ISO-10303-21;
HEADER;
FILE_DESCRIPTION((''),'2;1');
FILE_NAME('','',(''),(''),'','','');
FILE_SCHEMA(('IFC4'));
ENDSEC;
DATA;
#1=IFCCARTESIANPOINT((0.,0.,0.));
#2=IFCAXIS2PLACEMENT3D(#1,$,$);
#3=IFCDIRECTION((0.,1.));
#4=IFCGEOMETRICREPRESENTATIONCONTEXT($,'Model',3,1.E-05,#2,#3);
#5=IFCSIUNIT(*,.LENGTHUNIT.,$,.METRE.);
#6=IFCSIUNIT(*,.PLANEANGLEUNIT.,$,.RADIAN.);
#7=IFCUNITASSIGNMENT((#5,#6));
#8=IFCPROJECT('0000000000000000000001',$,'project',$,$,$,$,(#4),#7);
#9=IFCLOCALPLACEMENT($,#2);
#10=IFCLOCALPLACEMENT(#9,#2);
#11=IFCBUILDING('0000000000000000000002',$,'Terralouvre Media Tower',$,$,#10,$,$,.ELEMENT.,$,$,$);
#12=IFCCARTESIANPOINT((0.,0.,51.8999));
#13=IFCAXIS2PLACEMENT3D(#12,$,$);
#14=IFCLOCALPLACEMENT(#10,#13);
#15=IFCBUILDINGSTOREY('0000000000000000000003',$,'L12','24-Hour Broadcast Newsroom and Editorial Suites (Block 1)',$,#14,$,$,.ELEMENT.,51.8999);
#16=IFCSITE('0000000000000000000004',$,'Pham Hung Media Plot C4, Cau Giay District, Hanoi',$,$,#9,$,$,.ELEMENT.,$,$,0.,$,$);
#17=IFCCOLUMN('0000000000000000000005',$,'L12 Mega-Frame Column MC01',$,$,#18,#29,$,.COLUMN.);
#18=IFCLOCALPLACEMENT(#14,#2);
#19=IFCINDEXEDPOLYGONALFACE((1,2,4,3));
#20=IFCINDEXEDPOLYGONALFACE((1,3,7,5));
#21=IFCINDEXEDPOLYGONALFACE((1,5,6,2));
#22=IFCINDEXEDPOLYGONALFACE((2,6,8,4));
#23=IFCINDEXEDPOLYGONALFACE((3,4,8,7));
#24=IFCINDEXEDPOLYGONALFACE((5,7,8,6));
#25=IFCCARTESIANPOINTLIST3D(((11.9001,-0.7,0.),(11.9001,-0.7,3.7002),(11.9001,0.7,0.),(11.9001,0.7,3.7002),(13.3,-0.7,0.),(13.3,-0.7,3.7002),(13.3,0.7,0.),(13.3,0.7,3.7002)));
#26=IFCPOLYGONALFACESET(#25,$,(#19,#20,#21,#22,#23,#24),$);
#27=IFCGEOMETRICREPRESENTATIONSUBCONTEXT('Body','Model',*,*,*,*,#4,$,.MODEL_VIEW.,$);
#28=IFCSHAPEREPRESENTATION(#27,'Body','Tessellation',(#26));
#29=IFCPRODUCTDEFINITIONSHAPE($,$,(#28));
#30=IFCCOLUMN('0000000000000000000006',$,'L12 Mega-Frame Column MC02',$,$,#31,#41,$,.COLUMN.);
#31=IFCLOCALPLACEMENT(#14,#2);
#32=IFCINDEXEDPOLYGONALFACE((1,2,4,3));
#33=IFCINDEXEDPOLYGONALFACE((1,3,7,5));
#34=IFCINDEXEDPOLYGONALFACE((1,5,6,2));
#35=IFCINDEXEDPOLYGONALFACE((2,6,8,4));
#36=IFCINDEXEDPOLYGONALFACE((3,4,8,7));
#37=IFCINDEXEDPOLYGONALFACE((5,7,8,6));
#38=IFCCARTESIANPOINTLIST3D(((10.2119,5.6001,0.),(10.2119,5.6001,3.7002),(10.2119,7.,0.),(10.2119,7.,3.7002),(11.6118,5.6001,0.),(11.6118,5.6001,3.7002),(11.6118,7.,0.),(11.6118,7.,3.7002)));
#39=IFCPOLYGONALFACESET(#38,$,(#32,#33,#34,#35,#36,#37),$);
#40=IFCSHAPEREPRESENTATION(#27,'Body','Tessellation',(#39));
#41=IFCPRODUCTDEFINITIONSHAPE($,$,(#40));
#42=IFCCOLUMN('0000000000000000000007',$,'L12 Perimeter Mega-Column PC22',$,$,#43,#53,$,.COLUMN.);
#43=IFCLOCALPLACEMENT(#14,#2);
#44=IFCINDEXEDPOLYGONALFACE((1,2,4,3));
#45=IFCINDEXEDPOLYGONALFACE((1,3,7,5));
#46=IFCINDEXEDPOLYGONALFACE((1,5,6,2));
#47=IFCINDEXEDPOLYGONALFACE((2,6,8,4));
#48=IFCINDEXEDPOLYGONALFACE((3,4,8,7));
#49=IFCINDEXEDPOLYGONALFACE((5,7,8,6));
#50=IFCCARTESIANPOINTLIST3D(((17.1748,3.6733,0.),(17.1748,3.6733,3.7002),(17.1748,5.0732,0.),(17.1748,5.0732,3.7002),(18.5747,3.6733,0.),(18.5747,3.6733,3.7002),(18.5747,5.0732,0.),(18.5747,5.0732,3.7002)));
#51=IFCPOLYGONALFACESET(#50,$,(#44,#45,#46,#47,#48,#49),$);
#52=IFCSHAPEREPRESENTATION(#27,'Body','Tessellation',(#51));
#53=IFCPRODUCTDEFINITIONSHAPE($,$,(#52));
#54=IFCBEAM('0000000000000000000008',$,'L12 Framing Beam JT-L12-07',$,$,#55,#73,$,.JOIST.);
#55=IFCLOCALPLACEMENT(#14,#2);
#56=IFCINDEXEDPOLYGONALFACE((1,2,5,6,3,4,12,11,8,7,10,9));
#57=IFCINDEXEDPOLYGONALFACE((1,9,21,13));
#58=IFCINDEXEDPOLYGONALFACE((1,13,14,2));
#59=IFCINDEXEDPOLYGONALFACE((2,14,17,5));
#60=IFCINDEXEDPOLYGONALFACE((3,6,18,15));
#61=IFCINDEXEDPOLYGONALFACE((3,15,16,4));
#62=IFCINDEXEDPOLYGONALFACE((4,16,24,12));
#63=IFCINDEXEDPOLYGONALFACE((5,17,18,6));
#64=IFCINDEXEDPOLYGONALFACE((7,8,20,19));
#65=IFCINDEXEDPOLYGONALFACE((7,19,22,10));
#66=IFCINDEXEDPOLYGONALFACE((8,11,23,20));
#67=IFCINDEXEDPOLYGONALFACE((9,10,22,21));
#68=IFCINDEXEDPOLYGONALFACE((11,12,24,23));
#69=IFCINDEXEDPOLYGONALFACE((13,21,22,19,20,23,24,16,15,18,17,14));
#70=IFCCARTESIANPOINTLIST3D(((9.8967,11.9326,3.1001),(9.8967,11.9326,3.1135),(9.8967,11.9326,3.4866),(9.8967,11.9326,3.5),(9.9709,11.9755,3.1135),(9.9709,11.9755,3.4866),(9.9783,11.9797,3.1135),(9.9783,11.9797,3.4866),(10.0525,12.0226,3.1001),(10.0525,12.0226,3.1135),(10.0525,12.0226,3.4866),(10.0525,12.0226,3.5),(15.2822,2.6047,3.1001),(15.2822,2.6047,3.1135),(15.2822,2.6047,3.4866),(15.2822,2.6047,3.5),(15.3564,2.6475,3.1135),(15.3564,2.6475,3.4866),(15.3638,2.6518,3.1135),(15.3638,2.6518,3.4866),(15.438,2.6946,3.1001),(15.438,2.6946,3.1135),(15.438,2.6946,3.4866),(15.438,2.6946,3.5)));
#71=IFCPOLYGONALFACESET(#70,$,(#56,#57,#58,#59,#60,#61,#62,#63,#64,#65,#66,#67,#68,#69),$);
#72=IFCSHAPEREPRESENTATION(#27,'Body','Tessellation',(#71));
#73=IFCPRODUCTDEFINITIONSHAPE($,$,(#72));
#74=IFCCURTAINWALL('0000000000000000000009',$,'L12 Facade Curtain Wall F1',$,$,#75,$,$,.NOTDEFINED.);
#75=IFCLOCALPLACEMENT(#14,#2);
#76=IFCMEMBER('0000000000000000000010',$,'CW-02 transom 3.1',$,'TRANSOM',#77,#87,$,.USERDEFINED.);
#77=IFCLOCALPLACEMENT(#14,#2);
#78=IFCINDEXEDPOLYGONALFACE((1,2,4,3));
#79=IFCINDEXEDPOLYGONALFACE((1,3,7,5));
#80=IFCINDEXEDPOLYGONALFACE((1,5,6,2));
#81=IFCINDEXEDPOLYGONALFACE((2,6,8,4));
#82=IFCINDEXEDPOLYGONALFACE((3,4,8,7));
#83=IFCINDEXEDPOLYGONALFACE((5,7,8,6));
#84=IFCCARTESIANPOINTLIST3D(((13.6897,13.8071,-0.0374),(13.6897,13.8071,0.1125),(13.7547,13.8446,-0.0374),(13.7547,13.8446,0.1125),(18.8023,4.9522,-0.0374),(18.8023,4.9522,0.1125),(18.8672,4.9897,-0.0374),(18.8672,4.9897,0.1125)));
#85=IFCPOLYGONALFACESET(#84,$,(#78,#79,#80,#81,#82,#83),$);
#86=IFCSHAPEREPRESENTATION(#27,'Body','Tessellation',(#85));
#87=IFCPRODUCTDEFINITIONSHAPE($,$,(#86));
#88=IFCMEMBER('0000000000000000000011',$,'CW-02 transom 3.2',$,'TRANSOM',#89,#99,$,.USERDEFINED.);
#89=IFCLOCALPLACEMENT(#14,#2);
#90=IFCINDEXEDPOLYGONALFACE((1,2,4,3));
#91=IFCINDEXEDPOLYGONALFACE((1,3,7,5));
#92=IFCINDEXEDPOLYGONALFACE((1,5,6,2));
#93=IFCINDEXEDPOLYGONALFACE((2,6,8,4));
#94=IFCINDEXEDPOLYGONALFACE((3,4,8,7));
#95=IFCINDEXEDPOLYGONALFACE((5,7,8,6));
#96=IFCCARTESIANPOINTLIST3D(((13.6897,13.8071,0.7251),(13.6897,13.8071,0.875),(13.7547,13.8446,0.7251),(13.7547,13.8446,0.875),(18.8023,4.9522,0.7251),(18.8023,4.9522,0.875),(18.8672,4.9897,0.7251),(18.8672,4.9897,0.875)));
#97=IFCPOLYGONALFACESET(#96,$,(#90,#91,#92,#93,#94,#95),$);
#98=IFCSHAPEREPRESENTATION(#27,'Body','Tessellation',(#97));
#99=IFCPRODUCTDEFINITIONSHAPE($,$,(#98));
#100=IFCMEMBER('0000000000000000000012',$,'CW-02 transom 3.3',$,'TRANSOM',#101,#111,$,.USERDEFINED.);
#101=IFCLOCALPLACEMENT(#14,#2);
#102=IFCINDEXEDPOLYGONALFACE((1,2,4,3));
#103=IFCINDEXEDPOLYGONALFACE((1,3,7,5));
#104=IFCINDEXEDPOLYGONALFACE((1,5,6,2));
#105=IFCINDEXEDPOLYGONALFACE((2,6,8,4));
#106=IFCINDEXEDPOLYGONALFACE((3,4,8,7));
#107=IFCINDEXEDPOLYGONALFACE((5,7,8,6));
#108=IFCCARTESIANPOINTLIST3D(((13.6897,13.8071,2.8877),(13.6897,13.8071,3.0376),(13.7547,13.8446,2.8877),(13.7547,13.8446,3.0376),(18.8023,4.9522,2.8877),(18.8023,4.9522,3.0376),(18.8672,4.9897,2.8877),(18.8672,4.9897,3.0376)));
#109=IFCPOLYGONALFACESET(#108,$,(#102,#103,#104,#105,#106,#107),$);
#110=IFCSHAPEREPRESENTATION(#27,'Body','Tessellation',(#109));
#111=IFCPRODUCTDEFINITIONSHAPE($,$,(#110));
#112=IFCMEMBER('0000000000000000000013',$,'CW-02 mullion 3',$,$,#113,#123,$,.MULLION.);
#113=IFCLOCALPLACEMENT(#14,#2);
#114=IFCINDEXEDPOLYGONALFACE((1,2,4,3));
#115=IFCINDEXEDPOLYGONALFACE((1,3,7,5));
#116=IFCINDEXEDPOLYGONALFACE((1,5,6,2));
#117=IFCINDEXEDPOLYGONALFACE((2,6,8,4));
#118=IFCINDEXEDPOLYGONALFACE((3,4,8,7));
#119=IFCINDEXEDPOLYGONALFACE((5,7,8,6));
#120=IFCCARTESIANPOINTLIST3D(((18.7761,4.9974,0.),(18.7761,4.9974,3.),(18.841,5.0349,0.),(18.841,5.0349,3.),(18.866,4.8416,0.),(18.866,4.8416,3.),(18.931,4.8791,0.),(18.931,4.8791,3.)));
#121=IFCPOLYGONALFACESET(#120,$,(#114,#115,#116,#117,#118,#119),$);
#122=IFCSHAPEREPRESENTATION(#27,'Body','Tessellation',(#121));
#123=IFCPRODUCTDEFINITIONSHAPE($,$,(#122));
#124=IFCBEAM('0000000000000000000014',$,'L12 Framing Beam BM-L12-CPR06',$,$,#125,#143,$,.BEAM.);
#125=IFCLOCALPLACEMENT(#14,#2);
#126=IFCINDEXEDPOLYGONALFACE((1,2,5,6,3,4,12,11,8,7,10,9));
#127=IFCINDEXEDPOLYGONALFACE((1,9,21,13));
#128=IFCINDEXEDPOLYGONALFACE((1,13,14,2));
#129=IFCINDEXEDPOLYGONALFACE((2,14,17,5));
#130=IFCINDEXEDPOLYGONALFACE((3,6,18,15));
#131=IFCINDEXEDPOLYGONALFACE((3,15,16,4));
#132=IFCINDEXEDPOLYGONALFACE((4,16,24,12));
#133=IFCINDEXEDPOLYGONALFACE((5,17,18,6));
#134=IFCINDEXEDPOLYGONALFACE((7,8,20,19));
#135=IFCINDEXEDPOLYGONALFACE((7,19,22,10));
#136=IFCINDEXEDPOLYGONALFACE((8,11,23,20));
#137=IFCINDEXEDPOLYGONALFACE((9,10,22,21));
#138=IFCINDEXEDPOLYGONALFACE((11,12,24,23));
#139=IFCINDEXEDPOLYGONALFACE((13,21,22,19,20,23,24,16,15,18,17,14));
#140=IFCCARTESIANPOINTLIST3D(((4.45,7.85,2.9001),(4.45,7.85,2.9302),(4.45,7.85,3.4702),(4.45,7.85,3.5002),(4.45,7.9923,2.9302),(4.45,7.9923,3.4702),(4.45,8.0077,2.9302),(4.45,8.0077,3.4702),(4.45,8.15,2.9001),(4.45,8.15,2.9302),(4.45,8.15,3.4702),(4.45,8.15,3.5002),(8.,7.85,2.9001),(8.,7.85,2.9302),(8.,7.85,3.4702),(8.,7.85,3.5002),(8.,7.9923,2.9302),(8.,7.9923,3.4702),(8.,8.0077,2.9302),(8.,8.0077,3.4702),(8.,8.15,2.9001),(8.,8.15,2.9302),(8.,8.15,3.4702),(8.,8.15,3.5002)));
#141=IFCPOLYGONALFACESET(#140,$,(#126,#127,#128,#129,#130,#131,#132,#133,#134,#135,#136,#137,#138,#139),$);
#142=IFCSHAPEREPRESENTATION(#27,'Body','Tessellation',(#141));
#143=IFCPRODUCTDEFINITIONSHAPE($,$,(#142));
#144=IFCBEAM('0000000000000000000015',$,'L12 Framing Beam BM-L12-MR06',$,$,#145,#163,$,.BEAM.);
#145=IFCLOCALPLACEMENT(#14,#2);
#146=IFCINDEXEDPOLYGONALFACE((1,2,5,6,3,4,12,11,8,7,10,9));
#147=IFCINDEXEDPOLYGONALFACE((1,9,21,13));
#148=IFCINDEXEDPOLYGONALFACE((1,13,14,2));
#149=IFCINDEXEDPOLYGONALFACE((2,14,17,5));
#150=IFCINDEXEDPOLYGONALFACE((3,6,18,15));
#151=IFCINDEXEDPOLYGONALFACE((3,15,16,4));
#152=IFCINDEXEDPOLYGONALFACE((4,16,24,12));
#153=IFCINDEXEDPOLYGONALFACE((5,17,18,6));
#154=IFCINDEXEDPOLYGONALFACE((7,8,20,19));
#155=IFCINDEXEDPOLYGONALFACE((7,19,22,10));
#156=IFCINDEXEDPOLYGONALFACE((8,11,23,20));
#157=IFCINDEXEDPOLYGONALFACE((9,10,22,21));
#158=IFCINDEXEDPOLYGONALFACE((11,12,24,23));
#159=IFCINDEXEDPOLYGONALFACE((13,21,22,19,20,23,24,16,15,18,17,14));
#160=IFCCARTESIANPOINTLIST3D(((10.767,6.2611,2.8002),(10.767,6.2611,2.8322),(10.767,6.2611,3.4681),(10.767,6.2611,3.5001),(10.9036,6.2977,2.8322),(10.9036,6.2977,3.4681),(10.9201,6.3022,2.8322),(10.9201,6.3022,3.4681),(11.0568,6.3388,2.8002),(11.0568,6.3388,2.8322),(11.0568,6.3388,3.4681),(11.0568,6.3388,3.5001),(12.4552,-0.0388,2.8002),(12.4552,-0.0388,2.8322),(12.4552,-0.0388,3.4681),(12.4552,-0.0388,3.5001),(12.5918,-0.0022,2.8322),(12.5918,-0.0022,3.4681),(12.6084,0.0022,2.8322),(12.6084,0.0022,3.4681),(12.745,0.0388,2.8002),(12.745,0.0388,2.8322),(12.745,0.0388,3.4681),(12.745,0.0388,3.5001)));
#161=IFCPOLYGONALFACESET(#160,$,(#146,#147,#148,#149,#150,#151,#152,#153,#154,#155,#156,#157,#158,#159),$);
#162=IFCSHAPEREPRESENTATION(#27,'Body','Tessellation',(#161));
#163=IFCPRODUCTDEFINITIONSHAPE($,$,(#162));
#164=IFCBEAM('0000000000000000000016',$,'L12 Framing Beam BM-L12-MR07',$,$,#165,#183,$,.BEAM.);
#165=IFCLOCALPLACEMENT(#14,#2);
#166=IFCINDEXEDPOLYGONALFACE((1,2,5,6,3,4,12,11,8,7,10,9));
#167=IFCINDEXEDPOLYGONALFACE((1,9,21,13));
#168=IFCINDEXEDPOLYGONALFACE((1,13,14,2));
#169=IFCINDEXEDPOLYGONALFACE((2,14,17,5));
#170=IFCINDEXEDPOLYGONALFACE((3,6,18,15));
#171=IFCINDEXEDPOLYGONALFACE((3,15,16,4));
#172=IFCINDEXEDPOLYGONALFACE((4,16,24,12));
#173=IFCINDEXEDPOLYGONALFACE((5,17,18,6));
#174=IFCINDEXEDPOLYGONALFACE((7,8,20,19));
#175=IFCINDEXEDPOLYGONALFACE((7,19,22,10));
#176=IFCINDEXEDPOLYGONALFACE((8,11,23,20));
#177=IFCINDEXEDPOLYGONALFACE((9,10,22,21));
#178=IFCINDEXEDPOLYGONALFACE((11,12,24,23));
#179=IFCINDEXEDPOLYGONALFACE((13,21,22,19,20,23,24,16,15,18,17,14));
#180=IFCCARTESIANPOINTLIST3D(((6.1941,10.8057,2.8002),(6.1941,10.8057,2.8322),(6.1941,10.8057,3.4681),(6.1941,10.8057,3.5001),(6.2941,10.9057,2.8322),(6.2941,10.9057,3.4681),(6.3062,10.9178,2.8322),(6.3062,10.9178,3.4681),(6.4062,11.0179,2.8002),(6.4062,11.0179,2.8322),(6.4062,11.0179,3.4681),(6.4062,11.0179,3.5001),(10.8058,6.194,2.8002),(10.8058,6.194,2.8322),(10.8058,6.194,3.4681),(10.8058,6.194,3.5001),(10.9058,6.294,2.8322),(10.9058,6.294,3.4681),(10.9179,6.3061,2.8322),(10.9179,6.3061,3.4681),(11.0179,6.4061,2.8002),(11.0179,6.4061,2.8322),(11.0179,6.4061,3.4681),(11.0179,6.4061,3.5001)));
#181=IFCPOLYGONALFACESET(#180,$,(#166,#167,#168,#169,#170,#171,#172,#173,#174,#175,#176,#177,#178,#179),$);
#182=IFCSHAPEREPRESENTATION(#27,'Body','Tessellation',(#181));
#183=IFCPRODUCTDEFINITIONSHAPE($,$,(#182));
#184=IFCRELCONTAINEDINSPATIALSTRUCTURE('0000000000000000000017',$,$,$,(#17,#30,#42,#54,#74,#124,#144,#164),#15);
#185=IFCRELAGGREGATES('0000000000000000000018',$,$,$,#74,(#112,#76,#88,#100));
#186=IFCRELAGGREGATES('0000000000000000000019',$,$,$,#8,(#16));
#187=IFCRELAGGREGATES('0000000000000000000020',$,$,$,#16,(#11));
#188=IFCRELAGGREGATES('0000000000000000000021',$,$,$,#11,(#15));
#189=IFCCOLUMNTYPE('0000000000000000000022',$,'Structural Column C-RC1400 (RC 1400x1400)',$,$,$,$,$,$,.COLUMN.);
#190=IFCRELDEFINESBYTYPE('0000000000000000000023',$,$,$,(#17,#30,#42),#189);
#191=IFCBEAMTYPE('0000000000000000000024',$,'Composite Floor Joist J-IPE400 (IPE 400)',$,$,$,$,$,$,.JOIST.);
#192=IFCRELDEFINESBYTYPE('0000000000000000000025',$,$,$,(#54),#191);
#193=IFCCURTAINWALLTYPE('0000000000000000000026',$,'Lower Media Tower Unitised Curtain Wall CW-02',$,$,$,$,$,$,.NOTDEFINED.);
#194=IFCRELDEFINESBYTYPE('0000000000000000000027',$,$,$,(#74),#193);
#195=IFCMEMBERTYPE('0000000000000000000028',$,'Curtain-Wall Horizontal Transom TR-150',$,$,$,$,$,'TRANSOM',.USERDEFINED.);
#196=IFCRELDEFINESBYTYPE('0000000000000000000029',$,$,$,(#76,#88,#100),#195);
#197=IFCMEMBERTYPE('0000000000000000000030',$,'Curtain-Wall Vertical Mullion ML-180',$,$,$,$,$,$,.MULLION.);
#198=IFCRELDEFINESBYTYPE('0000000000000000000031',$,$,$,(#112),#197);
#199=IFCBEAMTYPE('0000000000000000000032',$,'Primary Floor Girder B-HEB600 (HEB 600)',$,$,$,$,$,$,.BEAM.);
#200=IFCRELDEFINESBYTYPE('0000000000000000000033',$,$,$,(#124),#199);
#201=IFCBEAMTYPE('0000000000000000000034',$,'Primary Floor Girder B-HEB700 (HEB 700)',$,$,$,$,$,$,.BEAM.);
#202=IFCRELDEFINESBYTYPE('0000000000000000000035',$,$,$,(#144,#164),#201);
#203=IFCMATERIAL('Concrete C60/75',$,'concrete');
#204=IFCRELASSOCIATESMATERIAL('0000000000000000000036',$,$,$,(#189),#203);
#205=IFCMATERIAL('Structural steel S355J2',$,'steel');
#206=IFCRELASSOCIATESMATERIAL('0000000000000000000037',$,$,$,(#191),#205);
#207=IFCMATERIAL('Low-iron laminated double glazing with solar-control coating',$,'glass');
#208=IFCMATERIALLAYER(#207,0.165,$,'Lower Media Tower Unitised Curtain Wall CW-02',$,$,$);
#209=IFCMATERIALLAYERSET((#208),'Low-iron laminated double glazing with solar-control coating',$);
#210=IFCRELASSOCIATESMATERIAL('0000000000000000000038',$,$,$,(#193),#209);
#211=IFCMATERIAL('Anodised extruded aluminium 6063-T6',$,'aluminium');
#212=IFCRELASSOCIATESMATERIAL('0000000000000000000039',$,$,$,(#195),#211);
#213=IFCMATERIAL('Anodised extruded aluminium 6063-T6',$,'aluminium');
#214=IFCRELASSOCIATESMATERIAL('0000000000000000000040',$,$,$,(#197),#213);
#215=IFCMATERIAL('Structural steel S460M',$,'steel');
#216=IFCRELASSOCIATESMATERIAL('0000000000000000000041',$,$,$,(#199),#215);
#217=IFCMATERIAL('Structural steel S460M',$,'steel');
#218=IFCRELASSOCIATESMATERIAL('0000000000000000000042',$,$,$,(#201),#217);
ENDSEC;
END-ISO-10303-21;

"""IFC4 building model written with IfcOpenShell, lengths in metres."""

from ifc_helpers import new_model, si_unit, direction, frame, origin, origin_2d, place, context, subcontext, project, spatial, rectangle, i_section, extrude, material, layer, layer_set, material_profile, profile_set, type_object, element, aggregate, save


model = new_model("IFC4")

# Units and contexts
model_context = context("Model", 3, precision=1e-05, world=origin(), true_north=direction((0.0, 1.0)))
body_context = subcontext(model_context, "Body", "Model", "MODEL_VIEW")
ifc_project = project(units=[si_unit("LENGTHUNIT", "METRE"), si_unit("PLANEANGLEUNIT", "RADIAN")], contexts=[model_context])

# Site, building, storey
site_placement = place(None, origin())
site = spatial("IfcSite", under=ifc_project, at=site_placement, Name="Pham Hung Media Plot C4, Cau Giay District, Hanoi", CompositionType="ELEMENT", RefElevation=0.0)
building_placement = place(site_placement, origin())
building = spatial("IfcBuilding", under=site, at=building_placement, Name="Terralouvre Media Tower", CompositionType="ELEMENT")
storey_placement = place(building_placement, frame((0.0, 0.0, 51.8999)))
storey = spatial("IfcBuildingStorey", under=building, at=storey_placement, Name="L12", Description="24-Hour Broadcast Newsroom and Editorial Suites (Block 1)", CompositionType="ELEMENT", Elevation=51.8999)

# Columns
ifc_material_1 = material(Name="Concrete C60/75", Category="concrete")
ifc_material_profile_1 = material_profile(ifc_material_1, rectangle(XDim=1.3999, YDim=1.3999, at=origin_2d()), Name="RC 1400x1400")
ifc_profile_set_1 = profile_set([ifc_material_profile_1], Name="Concrete C60/75")
column_type = type_object("IfcColumnType", Name="Structural Column C-RC1400 (RC 1400x1400)", PredefinedType="COLUMN", material=ifc_profile_set_1)
for number, where, z_axis, x_axis, name in (
    (1, (12.6001, 0.0, 0.0), (0.0, 0.0, 1.0), (1.0, 0.0, 0.0), "L12 Mega-Frame Column MC01"),
    (2, (10.9119, 6.3, 0.0), (0.0, 0.0, 1.0), (1.0, 0.0, 0.0), "L12 Mega-Frame Column MC02"),
    (3, (17.8748, 4.3733, 0.0), (0.0, 0.0, 1.0), (1.0, 0.0, 0.0), "L12 Perimeter Mega-Column PC22"),
):
    element("IfcColumn", number, at=place(storey_placement, frame(where, z_axis=z_axis, x_axis=x_axis)), inside=storey, type_object=column_type, Name=name, PredefinedType="COLUMN", context=body_context, shape_type="SweptSolid", body=[
        extrude(rectangle(XDim=1.3999, YDim=1.3999, at=origin_2d()), origin(), (0.0, 0.0, 1.0), 3.7002),
    ])

# Beam
ifc_material_2 = material(Name="Structural steel S355J2", Category="steel")
ifc_material_profile_2 = material_profile(ifc_material_2, i_section(OverallWidth=0.1799, OverallDepth=0.3999, WebThickness=0.0085, FlangeThickness=0.0134, at=origin_2d()), Name="IPE 400")
ifc_profile_set_2 = profile_set([ifc_material_profile_2], Name="Structural steel S355J2")
beam_type_1 = type_object("IfcBeamType", Name="Composite Floor Joist J-IPE400 (IPE 400)", PredefinedType="JOIST", material=ifc_profile_set_2)
beam_1_placement = place(storey_placement, frame((15.3601, 2.6497, 3.3), z_axis=(-0.500003, 0.866024, 0.0), x_axis=(-0.866024, -0.500003, 0.0)))
element("IfcBeam", 4, at=beam_1_placement, inside=storey, type_object=beam_type_1, Name="L12 Framing Beam JT-L12-07", PredefinedType="JOIST", context=body_context, shape_type="SweptSolid", body=[
    extrude(i_section(OverallWidth=0.1799, OverallDepth=0.3999, WebThickness=0.0085, FlangeThickness=0.0134, at=origin_2d()), origin(), (0.0, 0.0, 1.0), 10.771),
])

# Curtain wall, members
ifc_material_3 = material(Name="Low-iron laminated double glazing with solar-control coating", Category="glass")
ifc_layer_1 = layer(ifc_material_3, 0.165, Name="Lower Media Tower Unitised Curtain Wall CW-02")
ifc_layer_set_1 = layer_set([ifc_layer_1], Name="Low-iron laminated double glazing with solar-control coating")
curtain_wall_type = type_object("IfcCurtainWallType", Name="Lower Media Tower Unitised Curtain Wall CW-02", PredefinedType="NOTDEFINED", material=ifc_layer_set_1)
curtain_wall_placement = place(storey_placement, origin())
curtain_wall = element("IfcCurtainWall", 5, at=curtain_wall_placement, inside=storey, type_object=curtain_wall_type, Name="L12 Facade Curtain Wall F1", PredefinedType="NOTDEFINED")
ifc_material_4 = material(Name="Anodised extruded aluminium 6063-T6", Category="aluminium")
ifc_material_profile_3 = material_profile(ifc_material_4, rectangle(XDim=0.075, YDim=0.1499, at=origin_2d()), Name="ALU 75x150")
ifc_profile_set_3 = profile_set([ifc_material_profile_3], Name="Anodised extruded aluminium 6063-T6")
member_type_1 = type_object("IfcMemberType", Name="Curtain-Wall Horizontal Transom TR-150", ElementType="TRANSOM", PredefinedType="USERDEFINED", material=ifc_profile_set_3)
member_1_placement = place(storey_placement, frame((18.8347, 4.9709, 0.0376), z_axis=(-0.500009, 0.86602, 0.0), x_axis=(-0.86602, -0.500009, 0.0)))
member_1 = element("IfcMember", 6, at=member_1_placement, type_object=member_type_1, Name="CW-02 transom 3.1", ObjectType="TRANSOM", PredefinedType="USERDEFINED", context=body_context, shape_type="SweptSolid", body=[
    extrude(rectangle(XDim=0.075, YDim=0.1499, at=origin_2d()), origin(), (0.0, 0.0, 1.0), 10.2249),
])
member_2_placement = place(storey_placement, frame((18.8347, 4.9709, 0.8), z_axis=(-0.500009, 0.86602, 0.0), x_axis=(-0.86602, -0.500009, 0.0)))
member_2 = element("IfcMember", 7, at=member_2_placement, type_object=member_type_1, Name="CW-02 transom 3.2", ObjectType="TRANSOM", PredefinedType="USERDEFINED", context=body_context, shape_type="SweptSolid", body=[
    extrude(rectangle(XDim=0.075, YDim=0.1499, at=origin_2d()), origin(), (0.0, 0.0, 1.0), 10.2249),
])
member_3_placement = place(storey_placement, frame((18.8347, 4.9709, 2.9626), z_axis=(-0.500009, 0.86602, 0.0), x_axis=(-0.86602, -0.500009, 0.0)))
member_3 = element("IfcMember", 8, at=member_3_placement, type_object=member_type_1, Name="CW-02 transom 3.3", ObjectType="TRANSOM", PredefinedType="USERDEFINED", context=body_context, shape_type="SweptSolid", body=[
    extrude(rectangle(XDim=0.075, YDim=0.1499, at=origin_2d()), origin(), (0.0, 0.0, 1.0), 10.2249),
])
ifc_material_5 = material(Name="Anodised extruded aluminium 6063-T6", Category="aluminium")
ifc_material_profile_4 = material_profile(ifc_material_5, rectangle(XDim=0.075, YDim=0.1799, at=origin_2d()), Name="ALU 75x180")
ifc_profile_set_4 = profile_set([ifc_material_profile_4], Name="Anodised extruded aluminium 6063-T6")
member_type_2 = type_object("IfcMemberType", Name="Curtain-Wall Vertical Mullion ML-180", PredefinedType="MULLION", material=ifc_profile_set_4)
member_4_placement = place(storey_placement, frame((18.8535, 4.9382, 0.0), z_axis=(0.0, 0.0, 1.0), x_axis=(-0.866025, -0.5, 0.0)))
member_4 = element("IfcMember", 9, at=member_4_placement, type_object=member_type_2, Name="CW-02 mullion 3", PredefinedType="MULLION", context=body_context, shape_type="SweptSolid", body=[
    extrude(rectangle(XDim=0.075, YDim=0.1799, at=origin_2d()), origin(), (0.0, 0.0, 1.0), 3.0),
])

# Beams
ifc_material_6 = material(Name="Structural steel S460M", Category="steel")
ifc_material_profile_5 = material_profile(ifc_material_6, i_section(OverallWidth=0.3, OverallDepth=0.6001, WebThickness=0.0154, FlangeThickness=0.03, at=origin_2d()), Name="HEB 600")
ifc_profile_set_5 = profile_set([ifc_material_profile_5], Name="Structural steel S460M")
beam_type_2 = type_object("IfcBeamType", Name="Primary Floor Girder B-HEB600 (HEB 600)", PredefinedType="BEAM", material=ifc_profile_set_5)
beam_2_placement = place(storey_placement, frame((8.0, 8.0, 3.2002), z_axis=(-1.0, 0.0, 0.0), x_axis=(0.0, -1.0, 0.0)))
element("IfcBeam", 10, at=beam_2_placement, inside=storey, type_object=beam_type_2, Name="L12 Framing Beam BM-L12-CPR06", PredefinedType="BEAM", context=body_context, shape_type="SweptSolid", body=[
    extrude(i_section(OverallWidth=0.3, OverallDepth=0.6001, WebThickness=0.0154, FlangeThickness=0.03, at=origin_2d()), origin(), (0.0, 0.0, 1.0), 3.55),
])
ifc_material_7 = material(Name="Structural steel S460M", Category="steel")
ifc_material_profile_6 = material_profile(ifc_material_7, i_section(OverallWidth=0.3, OverallDepth=0.7, WebThickness=0.0171, FlangeThickness=0.032, at=origin_2d()), Name="HEB 700")
ifc_profile_set_6 = profile_set([ifc_material_profile_6], Name="Structural steel S460M")
beam_type_3 = type_object("IfcBeamType", Name="Primary Floor Girder B-HEB700 (HEB 700)", PredefinedType="BEAM", material=ifc_profile_set_6)
beam_3_placement = place(storey_placement, frame((12.6001, 0.0, 3.1501), z_axis=(-0.258839, 0.96592, 0.0), x_axis=(-0.96592, -0.258839, 0.0)))
element("IfcBeam", 11, at=beam_3_placement, inside=storey, type_object=beam_type_3, Name="L12 Framing Beam BM-L12-MR06", PredefinedType="BEAM", context=body_context, shape_type="SweptSolid", body=[
    extrude(i_section(OverallWidth=0.3, OverallDepth=0.7, WebThickness=0.0171, FlangeThickness=0.032, at=origin_2d()), origin(), (0.0, 0.0, 1.0), 6.5222),
])
beam_4_placement = place(storey_placement, frame((10.9119, 6.3, 3.1501), z_axis=(-0.707107, 0.707107, 0.0), x_axis=(-0.707107, -0.707107, 0.0)))
element("IfcBeam", 12, at=beam_4_placement, inside=storey, type_object=beam_type_3, Name="L12 Framing Beam BM-L12-MR07", PredefinedType="BEAM", context=body_context, shape_type="SweptSolid", body=[
    extrude(i_section(OverallWidth=0.3, OverallDepth=0.7, WebThickness=0.0171, FlangeThickness=0.032, at=origin_2d()), origin(), (0.0, 0.0, 1.0), 6.522),
])

aggregate(curtain_wall, [member_4, member_1, member_2, member_3])

save(model, "model.ifc")
